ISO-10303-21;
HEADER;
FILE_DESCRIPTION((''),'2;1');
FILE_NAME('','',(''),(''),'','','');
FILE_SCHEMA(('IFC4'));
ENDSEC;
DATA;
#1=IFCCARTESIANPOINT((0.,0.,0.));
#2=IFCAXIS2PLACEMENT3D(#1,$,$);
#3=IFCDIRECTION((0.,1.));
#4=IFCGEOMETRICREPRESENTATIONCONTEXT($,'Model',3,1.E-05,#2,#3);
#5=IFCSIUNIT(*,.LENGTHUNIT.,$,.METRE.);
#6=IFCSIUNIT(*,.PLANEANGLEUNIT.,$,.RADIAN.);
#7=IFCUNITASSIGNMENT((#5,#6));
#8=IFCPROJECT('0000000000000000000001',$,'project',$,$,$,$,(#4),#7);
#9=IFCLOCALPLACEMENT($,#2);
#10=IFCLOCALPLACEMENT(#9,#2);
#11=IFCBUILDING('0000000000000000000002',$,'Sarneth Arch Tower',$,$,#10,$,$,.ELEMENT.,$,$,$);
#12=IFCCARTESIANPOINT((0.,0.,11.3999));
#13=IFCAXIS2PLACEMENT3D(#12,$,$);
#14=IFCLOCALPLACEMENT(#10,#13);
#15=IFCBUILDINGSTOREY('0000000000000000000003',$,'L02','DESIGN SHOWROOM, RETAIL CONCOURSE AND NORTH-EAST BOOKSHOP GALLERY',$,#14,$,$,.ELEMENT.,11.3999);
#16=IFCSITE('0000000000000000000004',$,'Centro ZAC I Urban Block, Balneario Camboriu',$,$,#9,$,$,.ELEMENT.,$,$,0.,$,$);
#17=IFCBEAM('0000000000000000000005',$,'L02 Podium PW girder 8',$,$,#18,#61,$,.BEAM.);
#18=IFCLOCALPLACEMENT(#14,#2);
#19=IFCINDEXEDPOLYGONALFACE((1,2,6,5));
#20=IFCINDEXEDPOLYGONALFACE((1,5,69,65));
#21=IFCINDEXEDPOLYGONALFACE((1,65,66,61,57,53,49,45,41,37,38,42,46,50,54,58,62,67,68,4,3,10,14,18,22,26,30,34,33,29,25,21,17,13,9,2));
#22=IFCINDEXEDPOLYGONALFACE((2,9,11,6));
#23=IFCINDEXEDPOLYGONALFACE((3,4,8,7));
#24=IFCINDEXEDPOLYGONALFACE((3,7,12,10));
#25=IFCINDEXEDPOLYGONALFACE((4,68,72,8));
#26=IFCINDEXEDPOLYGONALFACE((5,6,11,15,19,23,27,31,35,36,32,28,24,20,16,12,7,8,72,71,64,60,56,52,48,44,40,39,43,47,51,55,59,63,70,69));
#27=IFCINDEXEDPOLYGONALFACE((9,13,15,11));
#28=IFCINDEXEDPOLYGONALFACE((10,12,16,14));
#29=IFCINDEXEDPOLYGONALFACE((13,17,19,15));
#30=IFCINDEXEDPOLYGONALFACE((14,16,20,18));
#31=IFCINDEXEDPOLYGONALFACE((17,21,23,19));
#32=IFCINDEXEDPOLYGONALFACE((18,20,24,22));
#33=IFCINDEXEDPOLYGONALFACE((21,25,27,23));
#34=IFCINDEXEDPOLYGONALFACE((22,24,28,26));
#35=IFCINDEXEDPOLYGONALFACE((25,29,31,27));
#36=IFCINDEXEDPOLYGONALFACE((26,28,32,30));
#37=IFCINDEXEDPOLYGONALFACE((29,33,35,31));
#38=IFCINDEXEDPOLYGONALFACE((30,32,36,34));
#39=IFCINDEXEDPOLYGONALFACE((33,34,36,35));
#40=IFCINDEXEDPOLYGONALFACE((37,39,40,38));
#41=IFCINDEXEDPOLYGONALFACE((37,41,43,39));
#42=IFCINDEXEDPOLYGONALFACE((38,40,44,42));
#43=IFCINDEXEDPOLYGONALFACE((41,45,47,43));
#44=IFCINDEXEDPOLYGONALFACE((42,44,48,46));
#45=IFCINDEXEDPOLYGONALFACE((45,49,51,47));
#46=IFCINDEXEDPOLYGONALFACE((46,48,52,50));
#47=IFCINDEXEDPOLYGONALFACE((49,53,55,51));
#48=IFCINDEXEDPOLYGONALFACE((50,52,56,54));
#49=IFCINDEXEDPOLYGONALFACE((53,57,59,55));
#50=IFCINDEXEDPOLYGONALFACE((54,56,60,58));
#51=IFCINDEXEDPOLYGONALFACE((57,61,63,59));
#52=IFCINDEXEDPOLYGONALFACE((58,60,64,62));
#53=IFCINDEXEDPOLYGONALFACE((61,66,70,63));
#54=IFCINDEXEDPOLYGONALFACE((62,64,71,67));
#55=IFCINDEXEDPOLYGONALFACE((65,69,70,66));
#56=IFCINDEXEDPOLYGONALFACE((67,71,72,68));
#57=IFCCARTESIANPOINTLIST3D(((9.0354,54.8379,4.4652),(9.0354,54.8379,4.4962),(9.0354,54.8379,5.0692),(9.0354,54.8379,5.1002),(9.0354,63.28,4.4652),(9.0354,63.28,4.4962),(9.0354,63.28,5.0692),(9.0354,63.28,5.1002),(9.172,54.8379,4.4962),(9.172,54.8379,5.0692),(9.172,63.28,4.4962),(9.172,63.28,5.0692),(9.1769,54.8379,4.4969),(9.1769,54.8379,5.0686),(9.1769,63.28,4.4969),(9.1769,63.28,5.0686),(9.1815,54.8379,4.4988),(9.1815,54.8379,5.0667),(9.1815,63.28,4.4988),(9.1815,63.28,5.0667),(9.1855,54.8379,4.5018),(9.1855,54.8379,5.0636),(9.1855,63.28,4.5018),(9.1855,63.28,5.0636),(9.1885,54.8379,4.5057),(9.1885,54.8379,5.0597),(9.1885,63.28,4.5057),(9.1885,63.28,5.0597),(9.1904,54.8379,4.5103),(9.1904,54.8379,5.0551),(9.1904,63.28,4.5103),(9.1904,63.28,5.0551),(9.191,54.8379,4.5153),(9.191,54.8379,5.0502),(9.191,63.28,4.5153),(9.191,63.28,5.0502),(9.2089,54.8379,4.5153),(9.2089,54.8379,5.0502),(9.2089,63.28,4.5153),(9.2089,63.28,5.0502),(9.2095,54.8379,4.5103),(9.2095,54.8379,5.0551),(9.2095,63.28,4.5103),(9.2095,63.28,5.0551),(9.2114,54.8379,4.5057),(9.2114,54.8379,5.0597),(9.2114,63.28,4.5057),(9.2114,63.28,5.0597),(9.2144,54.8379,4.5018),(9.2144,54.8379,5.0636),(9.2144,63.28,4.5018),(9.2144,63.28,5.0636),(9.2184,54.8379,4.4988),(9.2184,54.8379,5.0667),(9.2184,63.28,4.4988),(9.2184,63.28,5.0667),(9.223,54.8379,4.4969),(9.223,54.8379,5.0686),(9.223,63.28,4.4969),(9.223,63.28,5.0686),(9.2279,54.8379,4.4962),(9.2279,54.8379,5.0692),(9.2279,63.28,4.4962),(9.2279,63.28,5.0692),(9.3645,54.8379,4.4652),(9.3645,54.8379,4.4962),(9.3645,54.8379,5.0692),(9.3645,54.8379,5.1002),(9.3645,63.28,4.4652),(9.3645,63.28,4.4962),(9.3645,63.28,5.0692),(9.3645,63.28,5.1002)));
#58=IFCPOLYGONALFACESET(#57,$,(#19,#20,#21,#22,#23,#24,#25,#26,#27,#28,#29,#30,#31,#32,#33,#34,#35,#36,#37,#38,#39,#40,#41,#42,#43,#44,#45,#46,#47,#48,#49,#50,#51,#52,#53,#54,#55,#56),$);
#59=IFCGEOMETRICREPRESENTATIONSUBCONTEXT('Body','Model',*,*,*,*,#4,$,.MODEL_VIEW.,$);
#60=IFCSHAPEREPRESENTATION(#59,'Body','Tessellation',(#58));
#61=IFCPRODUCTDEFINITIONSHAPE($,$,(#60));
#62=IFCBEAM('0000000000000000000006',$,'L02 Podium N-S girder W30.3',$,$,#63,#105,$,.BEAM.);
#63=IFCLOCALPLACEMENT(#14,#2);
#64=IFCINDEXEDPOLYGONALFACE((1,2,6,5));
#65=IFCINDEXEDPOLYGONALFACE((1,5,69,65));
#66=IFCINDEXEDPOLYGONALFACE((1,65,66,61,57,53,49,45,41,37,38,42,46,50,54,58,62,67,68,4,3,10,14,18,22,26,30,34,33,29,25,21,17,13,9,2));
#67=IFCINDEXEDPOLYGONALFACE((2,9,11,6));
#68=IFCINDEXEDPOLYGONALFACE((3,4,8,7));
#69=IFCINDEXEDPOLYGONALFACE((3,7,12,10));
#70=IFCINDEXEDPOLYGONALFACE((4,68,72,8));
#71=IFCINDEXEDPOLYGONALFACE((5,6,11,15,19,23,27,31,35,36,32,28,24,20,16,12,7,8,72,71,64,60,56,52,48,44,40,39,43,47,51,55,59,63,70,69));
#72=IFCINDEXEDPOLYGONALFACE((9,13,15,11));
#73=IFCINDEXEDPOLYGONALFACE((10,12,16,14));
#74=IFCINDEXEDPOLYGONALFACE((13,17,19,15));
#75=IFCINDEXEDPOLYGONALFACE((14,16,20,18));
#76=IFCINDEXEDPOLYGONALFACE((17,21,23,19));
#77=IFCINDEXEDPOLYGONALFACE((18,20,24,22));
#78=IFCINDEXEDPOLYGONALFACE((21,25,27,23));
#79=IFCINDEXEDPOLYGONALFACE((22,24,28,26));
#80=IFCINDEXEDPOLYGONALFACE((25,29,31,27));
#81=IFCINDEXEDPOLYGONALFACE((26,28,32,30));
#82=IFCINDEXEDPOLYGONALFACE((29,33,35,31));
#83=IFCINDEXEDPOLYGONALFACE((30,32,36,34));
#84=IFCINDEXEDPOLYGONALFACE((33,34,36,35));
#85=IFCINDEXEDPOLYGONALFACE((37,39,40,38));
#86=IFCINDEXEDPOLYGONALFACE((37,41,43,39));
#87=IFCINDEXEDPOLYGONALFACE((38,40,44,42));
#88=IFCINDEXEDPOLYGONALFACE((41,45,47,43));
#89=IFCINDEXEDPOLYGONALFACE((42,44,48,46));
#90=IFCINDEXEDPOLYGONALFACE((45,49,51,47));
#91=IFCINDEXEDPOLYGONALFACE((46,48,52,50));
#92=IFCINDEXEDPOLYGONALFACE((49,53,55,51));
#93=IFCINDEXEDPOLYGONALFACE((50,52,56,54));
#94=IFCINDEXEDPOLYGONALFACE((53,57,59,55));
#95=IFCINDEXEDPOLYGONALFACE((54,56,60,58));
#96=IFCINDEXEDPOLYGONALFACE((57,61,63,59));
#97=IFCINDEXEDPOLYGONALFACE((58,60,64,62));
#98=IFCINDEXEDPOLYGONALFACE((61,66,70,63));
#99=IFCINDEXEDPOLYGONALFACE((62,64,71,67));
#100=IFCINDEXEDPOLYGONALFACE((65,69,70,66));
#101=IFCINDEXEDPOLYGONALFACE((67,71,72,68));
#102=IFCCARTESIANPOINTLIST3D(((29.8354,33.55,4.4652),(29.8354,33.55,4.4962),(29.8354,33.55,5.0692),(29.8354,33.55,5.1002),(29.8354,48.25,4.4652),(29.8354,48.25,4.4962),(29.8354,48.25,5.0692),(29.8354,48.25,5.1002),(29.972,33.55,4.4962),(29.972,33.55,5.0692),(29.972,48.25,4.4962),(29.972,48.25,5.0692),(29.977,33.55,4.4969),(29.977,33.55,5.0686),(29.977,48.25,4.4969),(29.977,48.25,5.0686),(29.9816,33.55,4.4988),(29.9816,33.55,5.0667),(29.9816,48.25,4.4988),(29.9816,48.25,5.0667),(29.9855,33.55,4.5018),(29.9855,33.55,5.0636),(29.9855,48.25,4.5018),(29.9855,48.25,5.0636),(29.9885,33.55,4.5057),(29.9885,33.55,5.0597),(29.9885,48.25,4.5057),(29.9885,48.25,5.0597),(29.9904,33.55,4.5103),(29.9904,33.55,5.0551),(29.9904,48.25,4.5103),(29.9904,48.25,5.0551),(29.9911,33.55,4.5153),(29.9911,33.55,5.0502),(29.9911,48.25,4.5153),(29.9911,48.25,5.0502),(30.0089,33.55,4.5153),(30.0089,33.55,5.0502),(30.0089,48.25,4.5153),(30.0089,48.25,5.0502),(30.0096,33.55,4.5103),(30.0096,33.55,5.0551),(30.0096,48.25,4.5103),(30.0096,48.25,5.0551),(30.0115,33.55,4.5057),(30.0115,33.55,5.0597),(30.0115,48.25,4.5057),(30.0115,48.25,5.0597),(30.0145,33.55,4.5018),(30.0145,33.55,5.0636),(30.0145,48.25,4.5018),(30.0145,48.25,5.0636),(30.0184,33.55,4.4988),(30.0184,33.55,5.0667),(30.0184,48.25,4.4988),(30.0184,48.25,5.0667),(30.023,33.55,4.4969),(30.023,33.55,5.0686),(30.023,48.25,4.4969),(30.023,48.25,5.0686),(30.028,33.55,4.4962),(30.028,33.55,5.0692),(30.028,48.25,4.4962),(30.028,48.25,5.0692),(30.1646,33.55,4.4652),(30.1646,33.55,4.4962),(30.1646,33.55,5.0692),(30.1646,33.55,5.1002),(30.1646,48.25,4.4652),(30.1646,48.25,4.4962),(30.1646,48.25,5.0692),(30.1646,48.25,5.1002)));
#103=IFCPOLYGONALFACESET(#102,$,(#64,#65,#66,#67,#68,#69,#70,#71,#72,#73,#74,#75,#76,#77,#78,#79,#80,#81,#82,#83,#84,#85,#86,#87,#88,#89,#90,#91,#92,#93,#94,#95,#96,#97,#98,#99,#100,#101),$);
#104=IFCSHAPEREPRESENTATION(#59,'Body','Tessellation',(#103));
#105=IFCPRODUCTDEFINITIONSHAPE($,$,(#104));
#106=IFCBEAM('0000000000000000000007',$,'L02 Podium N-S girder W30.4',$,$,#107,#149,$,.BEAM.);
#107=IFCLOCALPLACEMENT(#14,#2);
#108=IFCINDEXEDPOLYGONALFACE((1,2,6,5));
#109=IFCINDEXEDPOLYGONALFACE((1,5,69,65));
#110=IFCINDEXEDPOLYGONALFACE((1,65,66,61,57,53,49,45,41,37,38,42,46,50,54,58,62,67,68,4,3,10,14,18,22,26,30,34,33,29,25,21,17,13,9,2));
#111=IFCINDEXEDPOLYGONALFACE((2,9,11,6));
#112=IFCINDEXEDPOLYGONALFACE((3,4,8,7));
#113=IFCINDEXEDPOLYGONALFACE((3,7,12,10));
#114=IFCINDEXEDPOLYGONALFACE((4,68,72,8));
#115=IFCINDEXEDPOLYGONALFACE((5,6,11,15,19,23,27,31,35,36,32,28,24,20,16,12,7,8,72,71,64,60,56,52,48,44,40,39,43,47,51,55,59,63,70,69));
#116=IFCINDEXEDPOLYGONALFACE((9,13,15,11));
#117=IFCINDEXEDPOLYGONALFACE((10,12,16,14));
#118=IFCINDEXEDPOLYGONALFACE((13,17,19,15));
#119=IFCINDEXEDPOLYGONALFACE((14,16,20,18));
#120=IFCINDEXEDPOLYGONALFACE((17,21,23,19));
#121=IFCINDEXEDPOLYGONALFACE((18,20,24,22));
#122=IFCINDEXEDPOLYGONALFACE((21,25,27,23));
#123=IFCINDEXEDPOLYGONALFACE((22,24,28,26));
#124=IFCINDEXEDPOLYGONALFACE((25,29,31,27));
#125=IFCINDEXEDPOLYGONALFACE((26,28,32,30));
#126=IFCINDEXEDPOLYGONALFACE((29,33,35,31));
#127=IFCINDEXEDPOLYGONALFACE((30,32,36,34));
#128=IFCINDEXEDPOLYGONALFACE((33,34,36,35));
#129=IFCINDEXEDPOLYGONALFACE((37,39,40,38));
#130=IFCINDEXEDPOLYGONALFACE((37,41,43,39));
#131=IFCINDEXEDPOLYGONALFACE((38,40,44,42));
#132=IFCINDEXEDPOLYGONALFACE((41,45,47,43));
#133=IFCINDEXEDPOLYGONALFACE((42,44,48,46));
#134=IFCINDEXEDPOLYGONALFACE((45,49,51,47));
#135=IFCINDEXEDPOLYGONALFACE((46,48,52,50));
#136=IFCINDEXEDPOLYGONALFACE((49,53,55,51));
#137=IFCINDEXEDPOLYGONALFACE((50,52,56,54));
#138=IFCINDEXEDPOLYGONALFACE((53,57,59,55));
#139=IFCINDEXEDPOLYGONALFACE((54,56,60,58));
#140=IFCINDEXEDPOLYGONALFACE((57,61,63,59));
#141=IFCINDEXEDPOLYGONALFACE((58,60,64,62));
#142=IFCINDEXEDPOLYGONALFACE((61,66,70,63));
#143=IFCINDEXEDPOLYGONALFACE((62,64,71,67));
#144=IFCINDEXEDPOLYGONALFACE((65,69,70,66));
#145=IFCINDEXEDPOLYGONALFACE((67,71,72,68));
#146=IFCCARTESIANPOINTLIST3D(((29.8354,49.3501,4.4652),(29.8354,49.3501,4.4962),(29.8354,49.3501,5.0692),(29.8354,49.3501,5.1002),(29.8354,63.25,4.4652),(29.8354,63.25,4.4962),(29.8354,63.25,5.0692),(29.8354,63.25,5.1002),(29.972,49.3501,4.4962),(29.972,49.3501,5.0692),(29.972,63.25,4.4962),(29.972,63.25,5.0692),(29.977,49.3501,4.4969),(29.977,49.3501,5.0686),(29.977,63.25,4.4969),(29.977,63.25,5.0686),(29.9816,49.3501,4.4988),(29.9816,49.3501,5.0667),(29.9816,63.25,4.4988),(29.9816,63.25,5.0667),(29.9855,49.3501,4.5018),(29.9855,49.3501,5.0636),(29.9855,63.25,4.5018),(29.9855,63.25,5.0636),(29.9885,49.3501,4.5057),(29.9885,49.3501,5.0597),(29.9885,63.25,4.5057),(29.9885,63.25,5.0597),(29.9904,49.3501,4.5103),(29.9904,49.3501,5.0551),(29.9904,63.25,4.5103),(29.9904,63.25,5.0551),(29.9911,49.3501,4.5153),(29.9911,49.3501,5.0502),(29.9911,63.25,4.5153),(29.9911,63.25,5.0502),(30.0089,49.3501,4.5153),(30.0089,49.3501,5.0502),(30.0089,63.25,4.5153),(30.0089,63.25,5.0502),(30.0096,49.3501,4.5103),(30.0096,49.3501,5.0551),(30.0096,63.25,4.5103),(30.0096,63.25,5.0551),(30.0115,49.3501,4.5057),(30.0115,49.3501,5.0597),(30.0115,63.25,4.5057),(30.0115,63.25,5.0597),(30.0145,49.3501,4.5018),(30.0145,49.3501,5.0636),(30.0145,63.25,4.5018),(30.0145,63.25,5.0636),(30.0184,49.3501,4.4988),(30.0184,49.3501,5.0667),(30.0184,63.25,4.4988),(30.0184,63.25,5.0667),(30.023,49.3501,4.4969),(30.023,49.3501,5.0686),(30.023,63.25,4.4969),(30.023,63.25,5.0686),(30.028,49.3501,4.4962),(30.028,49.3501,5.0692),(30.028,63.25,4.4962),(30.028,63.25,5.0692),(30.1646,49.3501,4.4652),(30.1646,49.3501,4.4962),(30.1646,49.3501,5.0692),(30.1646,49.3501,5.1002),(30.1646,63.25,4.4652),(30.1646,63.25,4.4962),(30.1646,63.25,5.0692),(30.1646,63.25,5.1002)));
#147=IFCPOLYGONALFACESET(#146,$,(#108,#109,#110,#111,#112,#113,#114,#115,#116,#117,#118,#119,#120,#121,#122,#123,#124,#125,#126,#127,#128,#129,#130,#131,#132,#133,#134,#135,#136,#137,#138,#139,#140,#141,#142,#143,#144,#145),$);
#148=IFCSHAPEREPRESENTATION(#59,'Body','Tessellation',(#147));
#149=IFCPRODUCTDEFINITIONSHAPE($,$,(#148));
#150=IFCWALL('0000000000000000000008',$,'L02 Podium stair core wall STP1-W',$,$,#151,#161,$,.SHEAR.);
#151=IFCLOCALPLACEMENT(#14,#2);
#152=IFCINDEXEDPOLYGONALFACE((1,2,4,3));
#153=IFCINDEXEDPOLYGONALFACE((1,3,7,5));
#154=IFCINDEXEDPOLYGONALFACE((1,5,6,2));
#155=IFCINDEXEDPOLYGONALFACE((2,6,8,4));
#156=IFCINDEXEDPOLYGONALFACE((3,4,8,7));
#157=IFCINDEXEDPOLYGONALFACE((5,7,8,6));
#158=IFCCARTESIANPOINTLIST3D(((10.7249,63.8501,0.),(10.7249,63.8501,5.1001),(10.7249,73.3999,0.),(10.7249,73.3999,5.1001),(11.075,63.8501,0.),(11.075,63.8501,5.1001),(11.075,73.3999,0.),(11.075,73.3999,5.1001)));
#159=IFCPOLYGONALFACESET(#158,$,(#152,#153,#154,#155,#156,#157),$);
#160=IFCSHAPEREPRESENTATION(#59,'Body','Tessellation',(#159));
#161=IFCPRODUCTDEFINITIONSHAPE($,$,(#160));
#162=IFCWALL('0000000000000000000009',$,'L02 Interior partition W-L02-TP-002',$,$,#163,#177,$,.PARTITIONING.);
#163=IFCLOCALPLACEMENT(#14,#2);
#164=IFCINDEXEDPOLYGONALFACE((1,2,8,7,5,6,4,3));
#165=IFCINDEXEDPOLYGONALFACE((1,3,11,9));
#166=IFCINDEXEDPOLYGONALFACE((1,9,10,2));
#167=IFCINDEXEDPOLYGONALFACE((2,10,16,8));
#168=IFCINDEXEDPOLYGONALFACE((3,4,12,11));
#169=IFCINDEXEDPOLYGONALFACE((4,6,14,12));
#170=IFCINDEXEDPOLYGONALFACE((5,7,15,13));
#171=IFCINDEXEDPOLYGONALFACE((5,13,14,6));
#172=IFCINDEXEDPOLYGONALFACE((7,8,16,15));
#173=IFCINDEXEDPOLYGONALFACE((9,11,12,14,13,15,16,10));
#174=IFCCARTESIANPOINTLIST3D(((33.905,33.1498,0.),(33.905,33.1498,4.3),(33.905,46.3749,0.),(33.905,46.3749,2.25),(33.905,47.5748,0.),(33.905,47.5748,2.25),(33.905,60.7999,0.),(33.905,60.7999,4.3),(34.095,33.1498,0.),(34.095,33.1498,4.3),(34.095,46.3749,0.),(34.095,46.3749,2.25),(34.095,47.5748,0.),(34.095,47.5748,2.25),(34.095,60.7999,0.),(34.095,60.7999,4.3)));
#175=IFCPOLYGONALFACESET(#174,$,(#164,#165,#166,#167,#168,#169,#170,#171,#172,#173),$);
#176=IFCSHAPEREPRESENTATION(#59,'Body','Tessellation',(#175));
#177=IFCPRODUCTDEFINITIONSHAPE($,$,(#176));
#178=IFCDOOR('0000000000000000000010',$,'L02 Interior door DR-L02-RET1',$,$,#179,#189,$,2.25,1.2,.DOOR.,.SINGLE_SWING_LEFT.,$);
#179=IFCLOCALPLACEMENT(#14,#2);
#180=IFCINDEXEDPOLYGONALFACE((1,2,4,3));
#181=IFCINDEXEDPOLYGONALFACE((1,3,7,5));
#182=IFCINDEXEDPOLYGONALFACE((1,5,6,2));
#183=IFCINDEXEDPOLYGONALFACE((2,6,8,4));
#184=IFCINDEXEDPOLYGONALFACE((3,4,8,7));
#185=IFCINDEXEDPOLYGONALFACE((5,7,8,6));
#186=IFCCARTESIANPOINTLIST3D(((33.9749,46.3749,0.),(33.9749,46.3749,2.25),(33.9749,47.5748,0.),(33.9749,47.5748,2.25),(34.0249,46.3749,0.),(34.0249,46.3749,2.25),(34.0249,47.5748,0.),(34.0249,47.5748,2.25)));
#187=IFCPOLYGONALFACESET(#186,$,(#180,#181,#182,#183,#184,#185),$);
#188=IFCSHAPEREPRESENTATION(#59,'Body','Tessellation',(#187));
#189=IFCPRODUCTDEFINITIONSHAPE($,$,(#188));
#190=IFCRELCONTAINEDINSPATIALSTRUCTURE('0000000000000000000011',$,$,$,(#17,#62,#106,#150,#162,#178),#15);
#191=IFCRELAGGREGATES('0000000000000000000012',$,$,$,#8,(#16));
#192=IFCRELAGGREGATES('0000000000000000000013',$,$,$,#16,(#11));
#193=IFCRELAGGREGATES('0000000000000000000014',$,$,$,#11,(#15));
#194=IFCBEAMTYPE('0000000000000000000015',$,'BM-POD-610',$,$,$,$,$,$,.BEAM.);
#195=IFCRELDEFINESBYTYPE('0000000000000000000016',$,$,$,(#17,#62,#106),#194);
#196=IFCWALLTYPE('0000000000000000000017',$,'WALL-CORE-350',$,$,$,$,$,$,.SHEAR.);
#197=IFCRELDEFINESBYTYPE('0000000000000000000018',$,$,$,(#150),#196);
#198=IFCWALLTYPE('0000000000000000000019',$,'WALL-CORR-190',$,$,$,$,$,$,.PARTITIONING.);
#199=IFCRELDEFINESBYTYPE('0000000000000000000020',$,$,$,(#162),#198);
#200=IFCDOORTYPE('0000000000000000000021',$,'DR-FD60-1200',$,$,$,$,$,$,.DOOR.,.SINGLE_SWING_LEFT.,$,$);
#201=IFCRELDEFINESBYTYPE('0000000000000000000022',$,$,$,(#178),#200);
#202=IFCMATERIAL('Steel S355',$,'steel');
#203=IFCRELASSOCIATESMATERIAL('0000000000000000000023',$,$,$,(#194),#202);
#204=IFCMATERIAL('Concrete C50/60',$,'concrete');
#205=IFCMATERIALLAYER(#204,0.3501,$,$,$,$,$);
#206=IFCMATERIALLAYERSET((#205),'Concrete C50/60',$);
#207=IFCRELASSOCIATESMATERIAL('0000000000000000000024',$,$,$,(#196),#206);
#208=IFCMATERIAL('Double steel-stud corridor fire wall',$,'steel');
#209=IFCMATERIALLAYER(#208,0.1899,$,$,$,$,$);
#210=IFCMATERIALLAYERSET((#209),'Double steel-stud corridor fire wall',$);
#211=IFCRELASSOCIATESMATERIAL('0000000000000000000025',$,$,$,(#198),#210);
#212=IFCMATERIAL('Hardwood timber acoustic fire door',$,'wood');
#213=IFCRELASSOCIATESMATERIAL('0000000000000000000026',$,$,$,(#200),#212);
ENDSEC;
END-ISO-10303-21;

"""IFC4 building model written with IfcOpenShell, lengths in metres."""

from ifc_helpers import new_model, si_unit, direction, frame, frame_2d, origin, origin_2d, place, context, subcontext, project, spatial, rectangle, i_section, extrude, material, layer, layer_set, material_profile, profile_set, type_object, element, fill, save


model = new_model("IFC4")

# Units and contexts
model_context = context("Model", 3, precision=1e-05, world=origin(), true_north=direction((0.0, 1.0)))
body_context = subcontext(model_context, "Body", "Model", "MODEL_VIEW")
ifc_project = project(units=[si_unit("LENGTHUNIT", "METRE"), si_unit("PLANEANGLEUNIT", "RADIAN")], contexts=[model_context])

# Site, building, storey
site_placement = place(None, origin())
site = spatial("IfcSite", under=ifc_project, at=site_placement, Name="Centro ZAC I Urban Block, Balneario Camboriu", CompositionType="ELEMENT", RefElevation=0.0)
building_placement = place(site_placement, origin())
building = spatial("IfcBuilding", under=site, at=building_placement, Name="Sarneth Arch Tower", CompositionType="ELEMENT")
storey_placement = place(building_placement, frame((0.0, 0.0, 11.3999)))
storey = spatial("IfcBuildingStorey", under=building, at=storey_placement, Name="L02", Description="DESIGN SHOWROOM, RETAIL CONCOURSE AND NORTH-EAST BOOKSHOP GALLERY", CompositionType="ELEMENT", Elevation=11.3999)

# Beams
ifc_material_1 = material(Name="Steel S355", Category="steel")
ifc_material_profile_1 = material_profile(ifc_material_1, i_section(OverallWidth=0.3291, OverallDepth=0.635, WebThickness=0.0178, FlangeThickness=0.031, FilletRadius=0.019, at=origin_2d()), Name="W610x241")
ifc_profile_set_1 = profile_set([ifc_material_profile_1], Name="Steel S355")
beam_type = type_object("IfcBeamType", Name="BM-POD-610", PredefinedType="BEAM", material=ifc_profile_set_1)
beam_1_placement = place(storey_placement, frame((9.2, 54.8379, 4.7827), z_axis=(0.0, 1.0, 0.0), x_axis=(-1.0, 0.0, 0.0)))
element("IfcBeam", 1, at=beam_1_placement, inside=storey, type_object=beam_type, Name="L02 Podium PW girder 8", PredefinedType="BEAM", context=body_context, shape_type="SweptSolid", body=[
    extrude(i_section(OverallWidth=0.3291, OverallDepth=0.635, WebThickness=0.0178, FlangeThickness=0.031, FilletRadius=0.019, at=origin_2d()), origin(), (0.0, 0.0, 1.0), 8.4421),
])
beam_2_placement = place(storey_placement, frame((30.0, 33.55, 4.7827), z_axis=(0.0, 1.0, 0.0), x_axis=(-1.0, 0.0, 0.0)))
element("IfcBeam", 2, at=beam_2_placement, inside=storey, type_object=beam_type, Name="L02 Podium N-S girder W30.3", PredefinedType="BEAM", context=body_context, shape_type="SweptSolid", body=[
    extrude(i_section(OverallWidth=0.3291, OverallDepth=0.635, WebThickness=0.0178, FlangeThickness=0.031, FilletRadius=0.019, at=origin_2d()), origin(), (0.0, 0.0, 1.0), 14.7),
])
beam_3_placement = place(storey_placement, frame((30.0, 49.3501, 4.7827), z_axis=(0.0, 1.0, 0.0), x_axis=(-1.0, 0.0, 0.0)))
element("IfcBeam", 3, at=beam_3_placement, inside=storey, type_object=beam_type, Name="L02 Podium N-S girder W30.4", PredefinedType="BEAM", context=body_context, shape_type="SweptSolid", body=[
    extrude(i_section(OverallWidth=0.3291, OverallDepth=0.635, WebThickness=0.0178, FlangeThickness=0.031, FilletRadius=0.019, at=origin_2d()), origin(), (0.0, 0.0, 1.0), 13.8999),
])

# Wall
ifc_material_2 = material(Name="Concrete C50/60", Category="concrete")
ifc_layer_1 = layer(ifc_material_2, 0.3501)
ifc_layer_set_1 = layer_set([ifc_layer_1], Name="Concrete C50/60")
wall_type_1 = type_object("IfcWallType", Name="WALL-CORE-350", PredefinedType="SHEAR", material=ifc_layer_set_1)
wall_1_placement = place(storey_placement, frame((10.8999, 63.8501, 0.0), z_axis=(0.0, 0.0, 1.0), x_axis=(0.0, 1.0, 0.0)))
element("IfcWall", 4, at=wall_1_placement, inside=storey, type_object=wall_type_1, Name="L02 Podium stair core wall STP1-W", PredefinedType="SHEAR", context=body_context, shape_type="SweptSolid", body=[
    extrude(rectangle(XDim=9.5498, YDim=0.3501, at=frame_2d((4.7749, 0.0))), origin(), (0.0, 0.0, 1.0), 5.1001),
])

# Wall, opening, door
ifc_material_3 = material(Name="Double steel-stud corridor fire wall", Category="steel")
ifc_layer_2 = layer(ifc_material_3, 0.1899)
ifc_layer_set_2 = layer_set([ifc_layer_2], Name="Double steel-stud corridor fire wall")
wall_type_2 = type_object("IfcWallType", Name="WALL-CORR-190", PredefinedType="PARTITIONING", material=ifc_layer_set_2)
wall_2_placement = place(storey_placement, frame((34.0, 60.8, 0.0), z_axis=(0.0, 0.0, 1.0), x_axis=(0.0, -1.0, 0.0)))
wall_2 = element("IfcWall", 5, at=wall_2_placement, inside=storey, type_object=wall_type_2, Name="L02 Interior partition W-L02-TP-002", PredefinedType="PARTITIONING", context=body_context, shape_type="SweptSolid", body=[
    extrude(rectangle(XDim=27.6501, YDim=0.1899, at=frame_2d((13.8252, 0.0))), origin(), (0.0, 0.0, 1.0), 4.3),
])
opening_1_placement = place(wall_2_placement, frame((13.2251, 0.0, 0.0)))
opening_1 = element("IfcOpeningElement", 6, at=opening_1_placement, cuts=wall_2, PredefinedType="OPENING", context=body_context, shape_type="SweptSolid", body=[
    extrude(rectangle(XDim=1.2, YDim=2.25, at=frame_2d((0.6001, 1.125))), frame((0.0, 0.105, 0.0), z_axis=(0.0, -1.0, 0.0), x_axis=(1.0, 0.0, 0.0)), (0.0, 0.0, 1.0), 0.21),
])
ifc_material_4 = material(Name="Hardwood timber acoustic fire door", Category="wood")
door_type = type_object("IfcDoorType", Name="DR-FD60-1200", OperationType="SINGLE_SWING_LEFT", PredefinedType="DOOR", material=ifc_material_4)
door_1_placement = place(opening_1_placement, origin())
door_1 = element("IfcDoor", 7, at=door_1_placement, inside=storey, type_object=door_type, Name="L02 Interior door DR-L02-RET1", OperationType="SINGLE_SWING_LEFT", OverallHeight=2.25, OverallWidth=1.2, PredefinedType="DOOR", context=body_context, shape_type="SweptSolid", body=[
    extrude(rectangle(XDim=1.2, YDim=2.25, at=frame_2d((0.6001, 1.125))), frame((0.0, 0.0249, 0.0), z_axis=(0.0, -1.0, 0.0), x_axis=(1.0, 0.0, 0.0)), (0.0, 0.0, 1.0), 0.05),
])
fill(opening_1, door_1)

save(model, "model.ifc")
